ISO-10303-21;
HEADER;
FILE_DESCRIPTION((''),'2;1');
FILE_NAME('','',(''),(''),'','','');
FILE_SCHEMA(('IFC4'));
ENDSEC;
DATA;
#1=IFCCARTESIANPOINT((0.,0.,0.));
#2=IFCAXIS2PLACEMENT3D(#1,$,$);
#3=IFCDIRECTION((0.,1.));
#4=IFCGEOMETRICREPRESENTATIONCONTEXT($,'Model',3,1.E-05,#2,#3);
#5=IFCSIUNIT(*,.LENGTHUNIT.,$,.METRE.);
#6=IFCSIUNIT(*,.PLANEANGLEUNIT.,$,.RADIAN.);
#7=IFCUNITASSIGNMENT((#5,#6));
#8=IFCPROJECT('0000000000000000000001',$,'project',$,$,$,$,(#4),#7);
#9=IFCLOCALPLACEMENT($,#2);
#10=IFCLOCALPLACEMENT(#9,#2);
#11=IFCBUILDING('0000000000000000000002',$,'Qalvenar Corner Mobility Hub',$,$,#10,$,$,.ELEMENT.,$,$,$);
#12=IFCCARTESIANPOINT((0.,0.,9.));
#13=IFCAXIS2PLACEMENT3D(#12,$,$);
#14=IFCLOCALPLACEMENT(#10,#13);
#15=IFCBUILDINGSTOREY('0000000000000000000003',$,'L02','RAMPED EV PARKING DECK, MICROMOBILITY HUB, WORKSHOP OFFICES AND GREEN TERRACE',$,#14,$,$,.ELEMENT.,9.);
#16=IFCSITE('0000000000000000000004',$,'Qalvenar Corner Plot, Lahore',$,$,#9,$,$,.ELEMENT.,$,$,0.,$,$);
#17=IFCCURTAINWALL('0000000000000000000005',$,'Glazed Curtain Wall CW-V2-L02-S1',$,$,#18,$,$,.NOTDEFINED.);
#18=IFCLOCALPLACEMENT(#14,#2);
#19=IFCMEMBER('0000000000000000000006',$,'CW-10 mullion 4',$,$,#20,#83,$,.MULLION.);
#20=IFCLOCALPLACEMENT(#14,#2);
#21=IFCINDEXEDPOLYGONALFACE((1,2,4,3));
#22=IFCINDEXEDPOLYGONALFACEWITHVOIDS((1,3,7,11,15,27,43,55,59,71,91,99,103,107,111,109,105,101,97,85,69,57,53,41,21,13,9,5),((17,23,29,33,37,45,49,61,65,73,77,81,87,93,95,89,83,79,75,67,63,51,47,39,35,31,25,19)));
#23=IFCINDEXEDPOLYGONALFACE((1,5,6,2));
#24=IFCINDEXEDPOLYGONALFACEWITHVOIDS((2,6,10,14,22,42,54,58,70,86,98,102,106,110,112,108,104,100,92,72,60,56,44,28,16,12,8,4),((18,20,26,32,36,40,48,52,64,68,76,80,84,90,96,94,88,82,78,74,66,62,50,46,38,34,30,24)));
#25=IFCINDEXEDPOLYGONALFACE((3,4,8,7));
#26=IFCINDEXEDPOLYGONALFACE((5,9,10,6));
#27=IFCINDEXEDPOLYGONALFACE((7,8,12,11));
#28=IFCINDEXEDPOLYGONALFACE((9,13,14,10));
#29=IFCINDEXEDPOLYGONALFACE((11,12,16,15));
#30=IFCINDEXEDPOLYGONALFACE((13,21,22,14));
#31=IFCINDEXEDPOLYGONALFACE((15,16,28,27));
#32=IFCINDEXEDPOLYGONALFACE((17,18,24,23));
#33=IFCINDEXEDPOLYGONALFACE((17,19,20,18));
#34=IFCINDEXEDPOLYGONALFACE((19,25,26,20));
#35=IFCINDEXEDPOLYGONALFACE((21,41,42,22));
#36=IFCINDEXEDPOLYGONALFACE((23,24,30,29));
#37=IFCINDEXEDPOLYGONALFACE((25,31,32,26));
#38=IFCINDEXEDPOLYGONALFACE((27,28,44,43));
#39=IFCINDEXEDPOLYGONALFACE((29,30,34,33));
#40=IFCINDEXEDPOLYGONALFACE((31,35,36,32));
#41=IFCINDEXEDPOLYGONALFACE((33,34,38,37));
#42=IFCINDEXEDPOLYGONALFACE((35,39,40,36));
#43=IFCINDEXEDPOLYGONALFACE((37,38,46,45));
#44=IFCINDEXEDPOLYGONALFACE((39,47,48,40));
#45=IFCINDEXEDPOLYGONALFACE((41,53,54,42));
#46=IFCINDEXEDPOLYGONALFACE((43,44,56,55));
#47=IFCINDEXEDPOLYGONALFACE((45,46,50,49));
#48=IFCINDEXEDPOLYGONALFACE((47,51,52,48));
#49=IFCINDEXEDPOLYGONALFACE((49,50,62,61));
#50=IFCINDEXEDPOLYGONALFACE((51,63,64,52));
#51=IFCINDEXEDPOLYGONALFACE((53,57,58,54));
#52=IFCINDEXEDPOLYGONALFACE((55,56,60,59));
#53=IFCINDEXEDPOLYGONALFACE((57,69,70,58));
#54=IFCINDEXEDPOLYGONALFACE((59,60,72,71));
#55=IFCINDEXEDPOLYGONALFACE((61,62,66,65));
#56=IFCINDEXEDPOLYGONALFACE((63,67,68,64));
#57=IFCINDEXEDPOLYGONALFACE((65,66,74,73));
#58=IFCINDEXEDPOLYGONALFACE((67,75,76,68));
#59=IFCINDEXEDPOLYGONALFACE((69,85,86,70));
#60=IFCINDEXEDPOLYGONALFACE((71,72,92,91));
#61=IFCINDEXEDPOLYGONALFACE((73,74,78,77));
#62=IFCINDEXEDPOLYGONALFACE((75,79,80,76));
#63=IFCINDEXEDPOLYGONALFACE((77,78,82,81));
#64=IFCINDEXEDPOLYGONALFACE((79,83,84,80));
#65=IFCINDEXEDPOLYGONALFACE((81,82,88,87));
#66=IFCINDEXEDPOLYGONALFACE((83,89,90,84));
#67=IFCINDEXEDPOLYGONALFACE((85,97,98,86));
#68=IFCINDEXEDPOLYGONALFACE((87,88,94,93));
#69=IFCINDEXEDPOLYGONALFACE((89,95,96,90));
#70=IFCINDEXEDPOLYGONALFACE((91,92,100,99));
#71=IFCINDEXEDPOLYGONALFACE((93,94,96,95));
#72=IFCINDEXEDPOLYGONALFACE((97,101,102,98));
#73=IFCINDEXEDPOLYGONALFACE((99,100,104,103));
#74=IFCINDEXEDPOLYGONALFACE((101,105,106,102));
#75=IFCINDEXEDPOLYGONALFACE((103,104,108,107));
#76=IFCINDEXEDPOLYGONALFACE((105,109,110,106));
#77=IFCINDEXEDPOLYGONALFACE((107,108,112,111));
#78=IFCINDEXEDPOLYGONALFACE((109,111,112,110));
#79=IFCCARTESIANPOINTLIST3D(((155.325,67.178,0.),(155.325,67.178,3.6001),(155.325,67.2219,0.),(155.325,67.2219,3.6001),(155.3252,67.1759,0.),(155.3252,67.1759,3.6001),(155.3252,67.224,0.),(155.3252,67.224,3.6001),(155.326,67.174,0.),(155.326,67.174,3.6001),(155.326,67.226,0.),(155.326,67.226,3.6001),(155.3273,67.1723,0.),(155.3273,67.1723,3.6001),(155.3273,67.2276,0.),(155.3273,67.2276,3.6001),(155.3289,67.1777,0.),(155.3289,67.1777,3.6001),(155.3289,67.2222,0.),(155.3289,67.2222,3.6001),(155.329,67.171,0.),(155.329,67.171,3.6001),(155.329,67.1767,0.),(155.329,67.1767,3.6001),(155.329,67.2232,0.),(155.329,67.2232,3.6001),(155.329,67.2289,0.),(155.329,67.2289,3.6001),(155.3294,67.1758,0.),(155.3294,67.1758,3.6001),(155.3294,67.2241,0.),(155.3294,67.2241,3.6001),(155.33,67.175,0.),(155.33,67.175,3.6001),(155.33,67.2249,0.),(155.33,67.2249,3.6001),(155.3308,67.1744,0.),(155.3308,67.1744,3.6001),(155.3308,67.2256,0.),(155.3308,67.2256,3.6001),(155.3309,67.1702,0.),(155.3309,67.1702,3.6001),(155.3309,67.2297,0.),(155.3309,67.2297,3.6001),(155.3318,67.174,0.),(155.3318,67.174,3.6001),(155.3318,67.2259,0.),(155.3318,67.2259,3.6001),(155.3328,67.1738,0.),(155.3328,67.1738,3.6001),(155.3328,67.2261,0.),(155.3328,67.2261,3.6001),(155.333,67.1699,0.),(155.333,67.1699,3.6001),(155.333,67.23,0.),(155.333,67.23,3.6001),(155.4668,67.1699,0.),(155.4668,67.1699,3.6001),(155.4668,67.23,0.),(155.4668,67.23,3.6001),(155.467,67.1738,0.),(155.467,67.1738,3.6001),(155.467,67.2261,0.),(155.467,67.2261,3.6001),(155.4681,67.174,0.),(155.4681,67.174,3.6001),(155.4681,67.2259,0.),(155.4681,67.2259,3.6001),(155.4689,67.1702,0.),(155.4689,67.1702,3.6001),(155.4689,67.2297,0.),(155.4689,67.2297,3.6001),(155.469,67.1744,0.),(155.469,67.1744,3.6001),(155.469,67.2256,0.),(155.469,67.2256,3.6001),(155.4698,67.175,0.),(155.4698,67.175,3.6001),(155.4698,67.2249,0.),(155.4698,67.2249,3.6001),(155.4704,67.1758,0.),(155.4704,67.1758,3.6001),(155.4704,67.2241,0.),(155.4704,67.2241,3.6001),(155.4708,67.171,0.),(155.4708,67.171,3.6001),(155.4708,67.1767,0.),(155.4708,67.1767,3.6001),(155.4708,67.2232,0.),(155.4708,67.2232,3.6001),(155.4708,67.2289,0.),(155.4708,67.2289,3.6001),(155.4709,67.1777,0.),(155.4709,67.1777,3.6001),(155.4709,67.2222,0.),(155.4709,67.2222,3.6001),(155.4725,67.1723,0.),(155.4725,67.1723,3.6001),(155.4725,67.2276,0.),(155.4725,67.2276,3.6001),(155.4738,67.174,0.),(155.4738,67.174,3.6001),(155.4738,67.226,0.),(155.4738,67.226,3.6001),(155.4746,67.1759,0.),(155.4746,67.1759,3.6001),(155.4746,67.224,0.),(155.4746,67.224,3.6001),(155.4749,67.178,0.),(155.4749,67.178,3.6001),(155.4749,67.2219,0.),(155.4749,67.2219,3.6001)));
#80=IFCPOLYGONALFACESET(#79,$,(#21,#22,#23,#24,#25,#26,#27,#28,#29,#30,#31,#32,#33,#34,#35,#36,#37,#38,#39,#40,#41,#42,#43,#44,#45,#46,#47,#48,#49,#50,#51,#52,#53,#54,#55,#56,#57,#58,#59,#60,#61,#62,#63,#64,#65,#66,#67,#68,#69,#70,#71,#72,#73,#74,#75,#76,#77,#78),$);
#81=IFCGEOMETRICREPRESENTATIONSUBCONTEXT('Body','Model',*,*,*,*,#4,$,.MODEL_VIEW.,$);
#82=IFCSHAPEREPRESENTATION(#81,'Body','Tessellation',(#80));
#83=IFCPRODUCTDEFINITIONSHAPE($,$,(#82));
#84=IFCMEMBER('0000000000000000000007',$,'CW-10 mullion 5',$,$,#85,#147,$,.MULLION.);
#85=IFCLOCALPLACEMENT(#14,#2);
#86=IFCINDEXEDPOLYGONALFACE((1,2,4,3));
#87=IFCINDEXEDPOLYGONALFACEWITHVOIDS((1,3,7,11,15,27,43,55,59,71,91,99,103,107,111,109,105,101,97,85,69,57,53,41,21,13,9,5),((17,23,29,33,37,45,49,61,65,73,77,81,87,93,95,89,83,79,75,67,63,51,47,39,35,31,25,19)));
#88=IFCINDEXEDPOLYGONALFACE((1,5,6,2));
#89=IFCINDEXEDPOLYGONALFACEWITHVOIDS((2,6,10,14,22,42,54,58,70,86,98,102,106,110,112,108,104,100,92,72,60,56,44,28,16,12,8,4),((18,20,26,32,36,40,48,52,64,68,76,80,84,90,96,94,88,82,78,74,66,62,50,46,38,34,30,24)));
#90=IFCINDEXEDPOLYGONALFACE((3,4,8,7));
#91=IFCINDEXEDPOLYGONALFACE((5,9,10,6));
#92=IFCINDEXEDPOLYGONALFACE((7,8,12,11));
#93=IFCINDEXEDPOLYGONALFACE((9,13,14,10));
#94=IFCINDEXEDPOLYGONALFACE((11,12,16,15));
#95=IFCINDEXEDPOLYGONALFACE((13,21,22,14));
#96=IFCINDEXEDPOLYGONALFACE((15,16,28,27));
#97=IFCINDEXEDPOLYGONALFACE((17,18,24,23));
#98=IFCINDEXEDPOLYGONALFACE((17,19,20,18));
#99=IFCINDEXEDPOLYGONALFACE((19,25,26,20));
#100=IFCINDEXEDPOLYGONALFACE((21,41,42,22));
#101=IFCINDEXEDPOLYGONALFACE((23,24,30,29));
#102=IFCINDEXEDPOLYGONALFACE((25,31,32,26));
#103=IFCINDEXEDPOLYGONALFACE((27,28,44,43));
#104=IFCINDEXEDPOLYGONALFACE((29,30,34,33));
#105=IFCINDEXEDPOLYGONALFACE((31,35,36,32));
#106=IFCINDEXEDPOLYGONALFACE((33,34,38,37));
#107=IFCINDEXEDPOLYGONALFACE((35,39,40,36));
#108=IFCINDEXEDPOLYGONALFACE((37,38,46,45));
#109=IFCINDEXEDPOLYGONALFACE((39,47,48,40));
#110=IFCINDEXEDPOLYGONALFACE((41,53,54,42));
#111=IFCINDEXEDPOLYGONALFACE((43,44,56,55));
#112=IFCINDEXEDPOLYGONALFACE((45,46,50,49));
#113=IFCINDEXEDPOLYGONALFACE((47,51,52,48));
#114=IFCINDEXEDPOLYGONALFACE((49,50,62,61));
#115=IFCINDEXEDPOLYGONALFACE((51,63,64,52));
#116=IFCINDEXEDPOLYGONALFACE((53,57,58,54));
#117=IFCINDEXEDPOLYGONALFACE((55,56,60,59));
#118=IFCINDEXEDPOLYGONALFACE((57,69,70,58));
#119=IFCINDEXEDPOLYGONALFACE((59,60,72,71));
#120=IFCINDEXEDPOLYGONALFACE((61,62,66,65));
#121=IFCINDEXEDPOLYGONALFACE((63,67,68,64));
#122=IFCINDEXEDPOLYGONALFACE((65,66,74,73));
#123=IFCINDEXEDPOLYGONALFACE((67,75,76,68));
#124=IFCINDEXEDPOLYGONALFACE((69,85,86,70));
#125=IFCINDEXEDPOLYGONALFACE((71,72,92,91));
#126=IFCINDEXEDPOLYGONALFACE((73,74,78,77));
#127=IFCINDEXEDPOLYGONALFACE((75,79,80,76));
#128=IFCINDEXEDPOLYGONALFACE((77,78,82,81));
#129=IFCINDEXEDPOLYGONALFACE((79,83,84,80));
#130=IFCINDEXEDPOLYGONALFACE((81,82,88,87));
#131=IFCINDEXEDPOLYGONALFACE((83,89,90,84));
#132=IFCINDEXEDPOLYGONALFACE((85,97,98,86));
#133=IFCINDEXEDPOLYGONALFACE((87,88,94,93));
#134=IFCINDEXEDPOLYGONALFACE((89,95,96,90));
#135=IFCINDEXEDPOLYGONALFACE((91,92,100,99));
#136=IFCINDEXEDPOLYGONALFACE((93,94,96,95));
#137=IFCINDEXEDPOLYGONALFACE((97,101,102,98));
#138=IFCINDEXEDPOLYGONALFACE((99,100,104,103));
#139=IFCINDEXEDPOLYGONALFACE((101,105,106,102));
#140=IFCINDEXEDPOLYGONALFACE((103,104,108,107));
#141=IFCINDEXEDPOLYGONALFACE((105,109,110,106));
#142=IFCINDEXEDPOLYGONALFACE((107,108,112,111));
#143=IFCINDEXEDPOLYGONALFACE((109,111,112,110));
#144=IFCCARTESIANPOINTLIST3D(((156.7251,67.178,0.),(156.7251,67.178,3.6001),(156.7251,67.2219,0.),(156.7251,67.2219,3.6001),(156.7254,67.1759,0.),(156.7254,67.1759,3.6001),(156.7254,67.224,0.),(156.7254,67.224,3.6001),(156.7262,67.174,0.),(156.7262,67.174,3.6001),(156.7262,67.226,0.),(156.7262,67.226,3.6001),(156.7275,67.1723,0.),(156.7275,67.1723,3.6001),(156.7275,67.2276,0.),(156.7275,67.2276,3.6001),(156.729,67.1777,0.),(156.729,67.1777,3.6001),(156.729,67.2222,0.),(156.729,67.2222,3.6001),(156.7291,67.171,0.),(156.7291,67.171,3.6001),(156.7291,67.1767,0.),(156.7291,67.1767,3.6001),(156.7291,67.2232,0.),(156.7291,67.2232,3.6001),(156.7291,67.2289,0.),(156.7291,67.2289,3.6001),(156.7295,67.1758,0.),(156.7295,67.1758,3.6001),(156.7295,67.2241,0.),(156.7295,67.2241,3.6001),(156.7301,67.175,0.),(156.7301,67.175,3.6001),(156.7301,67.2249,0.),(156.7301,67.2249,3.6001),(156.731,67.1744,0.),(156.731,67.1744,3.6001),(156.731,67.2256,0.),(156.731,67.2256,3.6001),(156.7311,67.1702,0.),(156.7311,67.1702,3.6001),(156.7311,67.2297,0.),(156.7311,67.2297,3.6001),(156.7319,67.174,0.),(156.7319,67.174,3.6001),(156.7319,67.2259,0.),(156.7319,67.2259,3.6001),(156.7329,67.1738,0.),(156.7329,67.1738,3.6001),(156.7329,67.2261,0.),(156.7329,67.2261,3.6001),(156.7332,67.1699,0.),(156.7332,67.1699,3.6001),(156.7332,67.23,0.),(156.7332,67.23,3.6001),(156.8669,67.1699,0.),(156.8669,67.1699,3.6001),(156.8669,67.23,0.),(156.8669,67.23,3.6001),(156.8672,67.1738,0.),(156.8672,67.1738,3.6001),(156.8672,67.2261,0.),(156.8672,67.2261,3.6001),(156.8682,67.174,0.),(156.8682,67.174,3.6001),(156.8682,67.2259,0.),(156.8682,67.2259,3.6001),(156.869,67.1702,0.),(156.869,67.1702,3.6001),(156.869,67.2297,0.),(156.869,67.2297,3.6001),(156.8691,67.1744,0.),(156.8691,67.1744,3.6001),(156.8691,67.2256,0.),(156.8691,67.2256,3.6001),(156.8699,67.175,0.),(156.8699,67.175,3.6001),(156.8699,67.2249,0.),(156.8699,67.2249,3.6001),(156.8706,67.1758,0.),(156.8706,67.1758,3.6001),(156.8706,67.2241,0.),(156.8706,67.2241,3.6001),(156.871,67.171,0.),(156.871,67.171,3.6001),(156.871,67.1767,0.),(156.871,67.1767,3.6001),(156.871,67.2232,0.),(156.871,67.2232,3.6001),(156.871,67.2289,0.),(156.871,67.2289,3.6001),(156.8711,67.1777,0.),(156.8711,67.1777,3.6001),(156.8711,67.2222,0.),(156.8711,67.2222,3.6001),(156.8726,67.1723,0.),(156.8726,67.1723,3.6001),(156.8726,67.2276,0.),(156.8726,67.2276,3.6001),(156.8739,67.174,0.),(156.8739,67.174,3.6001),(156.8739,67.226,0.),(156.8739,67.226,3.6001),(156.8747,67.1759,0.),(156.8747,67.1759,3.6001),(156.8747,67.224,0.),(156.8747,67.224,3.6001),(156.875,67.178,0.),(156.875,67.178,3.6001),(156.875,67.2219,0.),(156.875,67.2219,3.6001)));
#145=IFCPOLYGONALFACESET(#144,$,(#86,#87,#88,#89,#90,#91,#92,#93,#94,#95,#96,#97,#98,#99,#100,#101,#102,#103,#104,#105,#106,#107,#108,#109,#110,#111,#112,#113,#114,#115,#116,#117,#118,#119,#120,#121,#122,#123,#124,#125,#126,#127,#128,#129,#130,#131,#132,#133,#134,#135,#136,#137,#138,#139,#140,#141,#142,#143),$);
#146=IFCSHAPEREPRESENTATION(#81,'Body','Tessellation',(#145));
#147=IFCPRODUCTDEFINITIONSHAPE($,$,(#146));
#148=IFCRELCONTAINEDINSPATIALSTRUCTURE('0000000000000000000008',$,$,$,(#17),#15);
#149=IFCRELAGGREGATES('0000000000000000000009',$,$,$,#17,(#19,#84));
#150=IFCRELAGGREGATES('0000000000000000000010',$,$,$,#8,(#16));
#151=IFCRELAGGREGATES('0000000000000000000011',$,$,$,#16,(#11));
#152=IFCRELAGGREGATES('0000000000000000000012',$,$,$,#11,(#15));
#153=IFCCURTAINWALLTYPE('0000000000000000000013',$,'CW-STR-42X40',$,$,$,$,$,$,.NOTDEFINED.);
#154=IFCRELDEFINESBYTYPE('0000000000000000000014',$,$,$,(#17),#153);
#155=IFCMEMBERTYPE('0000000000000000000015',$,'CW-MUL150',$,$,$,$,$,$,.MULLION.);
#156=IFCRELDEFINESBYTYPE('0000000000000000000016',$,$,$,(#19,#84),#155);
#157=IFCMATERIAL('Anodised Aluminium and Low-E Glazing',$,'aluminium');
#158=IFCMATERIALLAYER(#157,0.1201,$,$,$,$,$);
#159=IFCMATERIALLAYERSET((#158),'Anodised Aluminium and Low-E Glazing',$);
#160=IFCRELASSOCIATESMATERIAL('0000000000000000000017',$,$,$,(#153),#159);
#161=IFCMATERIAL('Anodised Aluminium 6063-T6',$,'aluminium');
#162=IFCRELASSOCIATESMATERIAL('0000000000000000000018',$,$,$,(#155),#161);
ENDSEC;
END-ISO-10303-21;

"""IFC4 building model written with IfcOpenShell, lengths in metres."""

from ifc_helpers import new_model, si_unit, direction, frame, origin, origin_2d, place, context, subcontext, project, spatial, hollow_rectangle, extrude, material, layer, layer_set, material_profile, profile_set, type_object, element, aggregate, save


model = new_model("IFC4")

# Units and contexts
model_context = context("Model", 3, precision=1e-05, world=origin(), true_north=direction((0.0, 1.0)))
body_context = subcontext(model_context, "Body", "Model", "MODEL_VIEW")
ifc_project = project(units=[si_unit("LENGTHUNIT", "METRE"), si_unit("PLANEANGLEUNIT", "RADIAN")], contexts=[model_context])

# Site, building, storey
site_placement = place(None, origin())
site = spatial("IfcSite", under=ifc_project, at=site_placement, Name="Qalvenar Corner Plot, Lahore", CompositionType="ELEMENT", RefElevation=0.0)
building_placement = place(site_placement, origin())
building = spatial("IfcBuilding", under=site, at=building_placement, Name="Qalvenar Corner Mobility Hub", CompositionType="ELEMENT")
storey_placement = place(building_placement, frame((0.0, 0.0, 9.0)))
storey = spatial("IfcBuildingStorey", under=building, at=storey_placement, Name="L02", Description="RAMPED EV PARKING DECK, MICROMOBILITY HUB, WORKSHOP OFFICES AND GREEN TERRACE", CompositionType="ELEMENT", Elevation=9.0)

# Curtain wall, members
ifc_material_1 = material(Name="Anodised Aluminium and Low-E Glazing", Category="aluminium")
ifc_layer_1 = layer(ifc_material_1, 0.1201)
ifc_layer_set_1 = layer_set([ifc_layer_1], Name="Anodised Aluminium and Low-E Glazing")
curtain_wall_type = type_object("IfcCurtainWallType", Name="CW-STR-42X40", PredefinedType="NOTDEFINED", material=ifc_layer_set_1)
curtain_wall_placement = place(storey_placement, origin())
curtain_wall = element("IfcCurtainWall", 1, at=curtain_wall_placement, inside=storey, type_object=curtain_wall_type, Name="Glazed Curtain Wall CW-V2-L02-S1", PredefinedType="NOTDEFINED")
ifc_material_2 = material(Name="Anodised Aluminium 6063-T6", Category="aluminium")
ifc_material_profile_1 = material_profile(ifc_material_2, hollow_rectangle(XDim=0.0601, YDim=0.1499, WallThickness=0.0039, InnerFilletRadius=0.0039, OuterFilletRadius=0.0081, at=origin_2d()), Name="RHS150x60x4")
ifc_profile_set_1 = profile_set([ifc_material_profile_1], Name="Anodised Aluminium 6063-T6")
member_type_1 = type_object("IfcMemberType", Name="CW-MUL150", PredefinedType="MULLION", material=ifc_profile_set_1)
member_1_placement = place(storey_placement, frame((155.3999, 67.2, 0.0), z_axis=(0.0, 0.0, 1.0), x_axis=(0.0, 1.0, 0.0)))
member_1 = element("IfcMember", 2, at=member_1_placement, type_object=member_type_1, Name="CW-10 mullion 4", PredefinedType="MULLION", context=body_context, shape_type="SweptSolid", body=[
    extrude(hollow_rectangle(XDim=0.0601, YDim=0.1499, WallThickness=0.0039, InnerFilletRadius=0.0039, OuterFilletRadius=0.0081, at=origin_2d()), origin(), (0.0, 0.0, 1.0), 3.6001),
])
member_2_placement = place(storey_placement, frame((156.8, 67.2, 0.0), z_axis=(0.0, 0.0, 1.0), x_axis=(0.0, 1.0, 0.0)))
member_2 = element("IfcMember", 3, at=member_2_placement, type_object=member_type_1, Name="CW-10 mullion 5", PredefinedType="MULLION", context=body_context, shape_type="SweptSolid", body=[
    extrude(hollow_rectangle(XDim=0.0601, YDim=0.1499, WallThickness=0.0039, InnerFilletRadius=0.0039, OuterFilletRadius=0.0081, at=origin_2d()), origin(), (0.0, 0.0, 1.0), 3.6001),
])
aggregate(curtain_wall, [member_1, member_2])

save(model, "model.ifc")
